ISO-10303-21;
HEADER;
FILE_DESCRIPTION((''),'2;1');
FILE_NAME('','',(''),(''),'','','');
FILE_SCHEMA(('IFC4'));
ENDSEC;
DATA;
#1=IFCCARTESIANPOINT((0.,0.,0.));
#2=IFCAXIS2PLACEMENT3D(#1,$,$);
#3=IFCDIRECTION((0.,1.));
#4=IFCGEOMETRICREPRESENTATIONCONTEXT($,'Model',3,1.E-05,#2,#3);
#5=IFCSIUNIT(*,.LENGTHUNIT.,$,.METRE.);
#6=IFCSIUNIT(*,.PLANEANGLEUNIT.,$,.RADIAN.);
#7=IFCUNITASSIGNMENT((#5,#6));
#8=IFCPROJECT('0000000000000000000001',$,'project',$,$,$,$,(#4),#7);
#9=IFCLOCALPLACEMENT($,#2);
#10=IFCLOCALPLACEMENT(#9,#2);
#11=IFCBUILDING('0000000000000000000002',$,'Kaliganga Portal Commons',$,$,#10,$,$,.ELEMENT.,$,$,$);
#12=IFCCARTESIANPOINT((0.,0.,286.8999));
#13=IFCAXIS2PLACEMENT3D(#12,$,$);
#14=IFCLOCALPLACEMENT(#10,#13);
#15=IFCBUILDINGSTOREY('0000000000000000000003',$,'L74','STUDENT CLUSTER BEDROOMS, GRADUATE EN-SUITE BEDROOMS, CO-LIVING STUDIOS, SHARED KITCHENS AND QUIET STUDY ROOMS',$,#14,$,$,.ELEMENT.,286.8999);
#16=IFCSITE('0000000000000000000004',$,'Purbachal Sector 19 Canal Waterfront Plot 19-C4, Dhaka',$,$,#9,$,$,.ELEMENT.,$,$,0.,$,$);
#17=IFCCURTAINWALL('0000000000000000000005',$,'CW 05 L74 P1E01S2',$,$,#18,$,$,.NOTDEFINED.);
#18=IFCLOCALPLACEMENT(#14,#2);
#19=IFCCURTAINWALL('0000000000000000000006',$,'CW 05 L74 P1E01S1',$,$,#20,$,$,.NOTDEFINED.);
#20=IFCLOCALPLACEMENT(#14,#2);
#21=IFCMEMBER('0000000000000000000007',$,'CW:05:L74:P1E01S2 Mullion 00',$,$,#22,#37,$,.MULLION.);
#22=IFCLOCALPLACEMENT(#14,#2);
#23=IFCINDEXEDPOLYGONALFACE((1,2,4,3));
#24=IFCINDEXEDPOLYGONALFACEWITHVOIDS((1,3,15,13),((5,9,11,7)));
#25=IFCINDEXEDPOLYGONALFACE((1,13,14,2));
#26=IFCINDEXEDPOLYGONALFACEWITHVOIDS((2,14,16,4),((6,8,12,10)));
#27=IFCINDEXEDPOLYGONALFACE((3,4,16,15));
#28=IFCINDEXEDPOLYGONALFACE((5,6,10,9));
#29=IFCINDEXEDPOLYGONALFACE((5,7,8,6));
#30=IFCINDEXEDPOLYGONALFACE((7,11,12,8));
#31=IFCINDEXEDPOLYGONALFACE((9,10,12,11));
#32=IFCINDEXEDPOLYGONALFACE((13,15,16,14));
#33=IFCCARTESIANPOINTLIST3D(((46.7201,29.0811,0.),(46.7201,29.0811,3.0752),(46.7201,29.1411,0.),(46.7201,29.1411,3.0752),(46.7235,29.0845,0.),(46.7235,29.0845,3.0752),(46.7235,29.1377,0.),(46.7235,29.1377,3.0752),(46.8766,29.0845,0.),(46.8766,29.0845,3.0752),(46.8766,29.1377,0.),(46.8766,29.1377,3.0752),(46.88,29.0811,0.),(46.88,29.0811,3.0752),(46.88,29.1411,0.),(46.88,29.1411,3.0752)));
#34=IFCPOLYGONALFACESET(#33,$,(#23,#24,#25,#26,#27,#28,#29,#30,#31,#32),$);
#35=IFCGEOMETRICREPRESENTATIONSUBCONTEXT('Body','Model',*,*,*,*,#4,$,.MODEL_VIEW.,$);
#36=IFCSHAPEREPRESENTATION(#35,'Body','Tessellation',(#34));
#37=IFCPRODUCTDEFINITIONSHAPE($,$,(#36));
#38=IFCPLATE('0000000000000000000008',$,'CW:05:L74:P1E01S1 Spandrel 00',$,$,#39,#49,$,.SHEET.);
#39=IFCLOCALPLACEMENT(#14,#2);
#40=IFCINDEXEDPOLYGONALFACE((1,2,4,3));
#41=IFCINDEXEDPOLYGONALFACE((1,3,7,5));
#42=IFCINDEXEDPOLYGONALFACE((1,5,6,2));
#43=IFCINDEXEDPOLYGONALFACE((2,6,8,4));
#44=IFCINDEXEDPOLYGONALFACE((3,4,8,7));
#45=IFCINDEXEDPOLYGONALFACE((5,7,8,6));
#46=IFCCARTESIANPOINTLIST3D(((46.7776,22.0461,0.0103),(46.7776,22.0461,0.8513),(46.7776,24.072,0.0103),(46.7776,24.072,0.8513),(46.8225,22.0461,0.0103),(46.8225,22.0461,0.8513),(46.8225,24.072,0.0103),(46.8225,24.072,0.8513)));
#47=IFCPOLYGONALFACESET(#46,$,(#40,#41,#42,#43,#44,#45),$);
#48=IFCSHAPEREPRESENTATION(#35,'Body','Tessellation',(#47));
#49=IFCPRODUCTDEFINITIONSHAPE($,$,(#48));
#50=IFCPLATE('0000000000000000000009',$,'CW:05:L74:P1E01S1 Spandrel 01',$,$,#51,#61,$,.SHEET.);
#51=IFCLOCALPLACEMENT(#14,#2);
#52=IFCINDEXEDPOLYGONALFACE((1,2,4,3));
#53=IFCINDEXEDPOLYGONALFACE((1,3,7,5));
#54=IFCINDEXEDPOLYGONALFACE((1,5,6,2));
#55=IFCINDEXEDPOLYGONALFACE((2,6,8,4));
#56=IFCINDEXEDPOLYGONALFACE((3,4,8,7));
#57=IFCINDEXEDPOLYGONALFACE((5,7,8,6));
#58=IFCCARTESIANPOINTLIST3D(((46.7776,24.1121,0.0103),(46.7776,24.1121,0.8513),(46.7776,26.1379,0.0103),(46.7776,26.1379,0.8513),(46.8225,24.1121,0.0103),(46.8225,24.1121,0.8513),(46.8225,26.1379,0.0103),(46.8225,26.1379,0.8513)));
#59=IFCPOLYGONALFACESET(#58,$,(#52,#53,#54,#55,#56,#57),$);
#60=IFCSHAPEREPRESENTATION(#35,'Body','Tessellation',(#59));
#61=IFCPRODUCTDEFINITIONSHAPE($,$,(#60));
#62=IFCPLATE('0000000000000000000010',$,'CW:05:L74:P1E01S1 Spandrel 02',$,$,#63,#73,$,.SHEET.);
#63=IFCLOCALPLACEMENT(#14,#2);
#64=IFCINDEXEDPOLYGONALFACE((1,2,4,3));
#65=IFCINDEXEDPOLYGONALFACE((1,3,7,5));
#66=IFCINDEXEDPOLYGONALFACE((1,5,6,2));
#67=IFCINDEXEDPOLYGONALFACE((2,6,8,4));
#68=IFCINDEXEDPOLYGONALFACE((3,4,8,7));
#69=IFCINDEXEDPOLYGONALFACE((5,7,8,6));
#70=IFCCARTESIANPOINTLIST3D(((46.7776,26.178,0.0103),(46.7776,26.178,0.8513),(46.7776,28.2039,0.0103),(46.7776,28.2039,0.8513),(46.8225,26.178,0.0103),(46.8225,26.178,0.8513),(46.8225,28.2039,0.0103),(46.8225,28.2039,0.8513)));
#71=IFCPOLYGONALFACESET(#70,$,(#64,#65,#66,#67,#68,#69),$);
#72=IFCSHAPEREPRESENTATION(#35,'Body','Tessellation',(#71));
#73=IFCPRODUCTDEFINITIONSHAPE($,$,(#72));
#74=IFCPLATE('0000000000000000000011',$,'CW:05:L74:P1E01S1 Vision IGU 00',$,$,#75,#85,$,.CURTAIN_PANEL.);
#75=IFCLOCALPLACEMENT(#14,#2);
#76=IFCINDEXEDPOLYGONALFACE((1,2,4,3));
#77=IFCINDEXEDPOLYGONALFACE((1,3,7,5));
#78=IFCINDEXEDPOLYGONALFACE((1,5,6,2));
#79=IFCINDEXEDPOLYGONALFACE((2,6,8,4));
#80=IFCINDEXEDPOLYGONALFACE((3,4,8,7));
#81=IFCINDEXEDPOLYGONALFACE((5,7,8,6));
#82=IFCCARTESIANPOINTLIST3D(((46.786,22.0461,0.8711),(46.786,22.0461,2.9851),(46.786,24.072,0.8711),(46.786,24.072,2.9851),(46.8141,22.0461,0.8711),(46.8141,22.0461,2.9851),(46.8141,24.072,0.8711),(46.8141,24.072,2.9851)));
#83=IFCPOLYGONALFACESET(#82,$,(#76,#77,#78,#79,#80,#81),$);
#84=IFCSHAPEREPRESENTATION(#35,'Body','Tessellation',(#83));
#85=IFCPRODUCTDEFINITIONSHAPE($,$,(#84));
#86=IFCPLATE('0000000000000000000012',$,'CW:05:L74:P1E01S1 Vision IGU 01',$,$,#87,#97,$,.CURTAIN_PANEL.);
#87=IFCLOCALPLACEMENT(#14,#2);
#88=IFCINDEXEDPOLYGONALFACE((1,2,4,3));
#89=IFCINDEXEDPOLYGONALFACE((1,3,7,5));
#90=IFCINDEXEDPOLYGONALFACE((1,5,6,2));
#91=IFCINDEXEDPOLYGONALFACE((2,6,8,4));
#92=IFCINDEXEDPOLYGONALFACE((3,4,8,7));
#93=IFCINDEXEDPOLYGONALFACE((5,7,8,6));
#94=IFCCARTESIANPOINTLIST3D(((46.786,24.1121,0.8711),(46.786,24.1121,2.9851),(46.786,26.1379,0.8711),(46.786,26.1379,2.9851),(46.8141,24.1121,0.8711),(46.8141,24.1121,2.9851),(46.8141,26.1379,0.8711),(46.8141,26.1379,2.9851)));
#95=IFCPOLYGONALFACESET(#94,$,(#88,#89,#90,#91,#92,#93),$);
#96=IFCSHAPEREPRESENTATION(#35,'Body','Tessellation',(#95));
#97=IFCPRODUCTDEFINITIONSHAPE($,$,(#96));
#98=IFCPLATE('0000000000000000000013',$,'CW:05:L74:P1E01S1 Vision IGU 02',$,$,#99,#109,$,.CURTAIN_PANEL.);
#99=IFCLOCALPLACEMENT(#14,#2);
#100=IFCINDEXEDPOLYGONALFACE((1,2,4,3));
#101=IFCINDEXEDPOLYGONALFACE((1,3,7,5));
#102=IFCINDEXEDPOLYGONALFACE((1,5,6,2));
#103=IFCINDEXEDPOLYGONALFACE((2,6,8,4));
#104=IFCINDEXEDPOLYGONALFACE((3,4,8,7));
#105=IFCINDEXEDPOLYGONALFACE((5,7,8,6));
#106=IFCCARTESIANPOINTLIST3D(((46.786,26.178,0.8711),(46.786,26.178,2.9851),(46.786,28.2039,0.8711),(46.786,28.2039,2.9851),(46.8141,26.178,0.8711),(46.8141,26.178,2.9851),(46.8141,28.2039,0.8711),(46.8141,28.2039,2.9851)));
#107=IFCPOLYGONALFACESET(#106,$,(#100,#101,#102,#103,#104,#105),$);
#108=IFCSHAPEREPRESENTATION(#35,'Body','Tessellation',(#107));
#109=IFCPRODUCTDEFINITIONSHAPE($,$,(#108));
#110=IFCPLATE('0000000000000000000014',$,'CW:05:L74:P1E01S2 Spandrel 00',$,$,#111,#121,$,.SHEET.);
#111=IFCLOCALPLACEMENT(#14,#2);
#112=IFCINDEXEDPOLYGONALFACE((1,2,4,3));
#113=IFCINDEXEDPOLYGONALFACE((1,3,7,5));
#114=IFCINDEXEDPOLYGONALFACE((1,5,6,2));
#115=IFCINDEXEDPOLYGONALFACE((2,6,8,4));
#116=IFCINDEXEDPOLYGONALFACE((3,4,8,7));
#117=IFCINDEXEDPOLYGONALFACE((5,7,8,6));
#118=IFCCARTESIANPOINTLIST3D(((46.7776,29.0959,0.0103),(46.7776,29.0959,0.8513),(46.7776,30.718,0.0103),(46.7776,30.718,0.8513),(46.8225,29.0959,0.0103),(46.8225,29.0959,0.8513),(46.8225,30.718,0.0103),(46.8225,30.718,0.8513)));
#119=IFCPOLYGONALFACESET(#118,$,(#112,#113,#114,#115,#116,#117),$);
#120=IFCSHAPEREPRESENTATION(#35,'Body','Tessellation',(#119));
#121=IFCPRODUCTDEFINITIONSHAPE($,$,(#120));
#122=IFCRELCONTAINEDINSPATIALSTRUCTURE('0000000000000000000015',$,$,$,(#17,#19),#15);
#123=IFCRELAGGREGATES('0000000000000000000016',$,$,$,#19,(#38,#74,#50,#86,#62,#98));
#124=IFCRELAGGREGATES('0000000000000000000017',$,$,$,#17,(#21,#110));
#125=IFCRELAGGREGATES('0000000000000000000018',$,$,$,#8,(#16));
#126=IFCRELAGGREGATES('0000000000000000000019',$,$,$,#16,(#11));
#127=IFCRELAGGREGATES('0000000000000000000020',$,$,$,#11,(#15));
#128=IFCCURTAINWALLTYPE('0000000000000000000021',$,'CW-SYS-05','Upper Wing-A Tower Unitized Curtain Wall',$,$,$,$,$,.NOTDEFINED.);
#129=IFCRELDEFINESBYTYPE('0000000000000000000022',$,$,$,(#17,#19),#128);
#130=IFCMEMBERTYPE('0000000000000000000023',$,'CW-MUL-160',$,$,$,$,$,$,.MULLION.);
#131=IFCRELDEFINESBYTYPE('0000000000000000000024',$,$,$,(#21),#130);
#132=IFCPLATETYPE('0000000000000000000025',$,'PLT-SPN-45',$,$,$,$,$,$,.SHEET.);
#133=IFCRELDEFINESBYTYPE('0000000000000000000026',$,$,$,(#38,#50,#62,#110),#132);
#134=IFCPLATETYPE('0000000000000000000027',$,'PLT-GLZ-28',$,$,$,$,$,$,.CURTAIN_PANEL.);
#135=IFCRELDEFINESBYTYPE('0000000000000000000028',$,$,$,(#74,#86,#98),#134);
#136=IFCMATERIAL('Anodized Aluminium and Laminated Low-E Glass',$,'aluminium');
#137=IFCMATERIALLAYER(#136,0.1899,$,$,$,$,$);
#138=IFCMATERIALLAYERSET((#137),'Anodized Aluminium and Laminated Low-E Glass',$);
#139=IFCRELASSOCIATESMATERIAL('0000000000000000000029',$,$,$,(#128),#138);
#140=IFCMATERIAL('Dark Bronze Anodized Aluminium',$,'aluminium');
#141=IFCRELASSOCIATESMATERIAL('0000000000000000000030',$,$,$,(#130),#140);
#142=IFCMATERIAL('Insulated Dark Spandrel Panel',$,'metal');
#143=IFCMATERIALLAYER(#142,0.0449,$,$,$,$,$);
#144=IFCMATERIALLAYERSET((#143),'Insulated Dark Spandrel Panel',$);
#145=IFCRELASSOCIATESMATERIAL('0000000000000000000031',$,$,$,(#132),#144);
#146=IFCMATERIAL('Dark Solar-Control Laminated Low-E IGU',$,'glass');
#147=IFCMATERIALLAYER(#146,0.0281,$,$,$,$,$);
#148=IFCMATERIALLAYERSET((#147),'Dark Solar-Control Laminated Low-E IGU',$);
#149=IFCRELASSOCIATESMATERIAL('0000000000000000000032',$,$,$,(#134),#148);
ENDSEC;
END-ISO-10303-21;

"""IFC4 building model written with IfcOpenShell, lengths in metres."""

from ifc_helpers import new_model, si_unit, direction, frame, origin, origin_2d, place, context, subcontext, project, spatial, rectangle, hollow_rectangle, extrude, source, transform, mapped, material, layer, layer_set, material_profile, profile_set, type_object, element, aggregate, save


model = new_model("IFC4")

# Units and contexts
model_context = context("Model", 3, precision=1e-05, world=origin(), true_north=direction((0.0, 1.0)))
body_context = subcontext(model_context, "Body", "Model", "MODEL_VIEW")
ifc_project = project(units=[si_unit("LENGTHUNIT", "METRE"), si_unit("PLANEANGLEUNIT", "RADIAN")], contexts=[model_context])

# Site, building, storey
site_placement = place(None, origin())
site = spatial("IfcSite", under=ifc_project, at=site_placement, Name="Purbachal Sector 19 Canal Waterfront Plot 19-C4, Dhaka", CompositionType="ELEMENT", RefElevation=0.0)
building_placement = place(site_placement, origin())
building = spatial("IfcBuilding", under=site, at=building_placement, Name="Kaliganga Portal Commons", CompositionType="ELEMENT")
storey_placement = place(building_placement, frame((0.0, 0.0, 286.8999)))
storey = spatial("IfcBuildingStorey", under=building, at=storey_placement, Name="L74", Description="STUDENT CLUSTER BEDROOMS, GRADUATE EN-SUITE BEDROOMS, CO-LIVING STUDIOS, SHARED KITCHENS AND QUIET STUDY ROOMS", CompositionType="ELEMENT", Elevation=286.8999)

# Curtain walls
ifc_material_1 = material(Name="Anodized Aluminium and Laminated Low-E Glass", Category="aluminium")
ifc_layer_1 = layer(ifc_material_1, 0.1899)
ifc_layer_set_1 = layer_set([ifc_layer_1], Name="Anodized Aluminium and Laminated Low-E Glass")
curtain_wall_type = type_object("IfcCurtainWallType", Name="CW-SYS-05", Description="Upper Wing-A Tower Unitized Curtain Wall", PredefinedType="NOTDEFINED", material=ifc_layer_set_1)
curtain_wall_1_placement = place(storey_placement, origin())
curtain_wall_1 = element("IfcCurtainWall", 1, at=curtain_wall_1_placement, inside=storey, type_object=curtain_wall_type, Name="CW 05 L74 P1E01S2", PredefinedType="NOTDEFINED")
ifc_material_2 = material(Name="Dark Bronze Anodized Aluminium", Category="aluminium")
curtain_wall_2_placement = place(storey_placement, origin())
curtain_wall_2 = element("IfcCurtainWall", 2, at=curtain_wall_2_placement, inside=storey, type_object=curtain_wall_type, Name="CW 05 L74 P1E01S1", PredefinedType="NOTDEFINED")
ifc_material_profile_1 = material_profile(ifc_material_2, hollow_rectangle(XDim=0.0601, YDim=0.1599, WallThickness=0.0034, at=origin_2d()), Name="ALU MULL 60x160x3.5")
ifc_profile_set_1 = profile_set([ifc_material_profile_1], Name="Dark Bronze Anodized Aluminium")
member_type_1 = type_object("IfcMemberType", Name="CW-MUL-160", PredefinedType="MULLION", material=ifc_profile_set_1)
shared_shape_1 = source(origin(), body_context, "Body", "SweptSolid", [
    extrude(hollow_rectangle(XDim=0.0601, YDim=0.1599, WallThickness=0.0034, at=origin_2d()), origin(), (0.0, 0.0, 1.0), 3.0752),
])

# Member
member_1_placement = place(storey_placement, frame((46.8, 29.1111, 0.0), z_axis=(0.0, 0.0, 1.0), x_axis=(0.0, 1.0, 0.0)))
member_1 = element("IfcMember", 3, at=member_1_placement, type_object=member_type_1, Name="CW:05:L74:P1E01S2 Mullion 00", PredefinedType="MULLION", context=body_context, shape_type="MappedRepresentation", body=[
    mapped(shared_shape_1, transform((0.0, 0.0, 0.0), x_axis=(1.0, 0.0, 0.0), y_axis=(0.0, 1.0, 0.0), z_axis=(0.0, 0.0, 1.0), scale=1.0)),
])

# Plates
ifc_material_3 = material(Name="Insulated Dark Spandrel Panel", Category="metal")
ifc_layer_2 = layer(ifc_material_3, 0.0449)
ifc_layer_set_2 = layer_set([ifc_layer_2], Name="Insulated Dark Spandrel Panel")
plate_type_1 = type_object("IfcPlateType", Name="PLT-SPN-45", PredefinedType="SHEET", material=ifc_layer_set_2)
shared_shape_2 = source(origin(), body_context, "Body", "SweptSolid", [
    extrude(rectangle(XDim=2.0259, YDim=0.0449, at=origin_2d()), origin(), (0.0, 0.0, 1.0), 0.8411),
])
plate_1_placement = place(storey_placement, frame((46.8, 23.0591, 0.0103), z_axis=(0.0, 0.0, 1.0), x_axis=(0.0, 1.0, 0.0)))
plate_1 = element("IfcPlate", 4, at=plate_1_placement, type_object=plate_type_1, Name="CW:05:L74:P1E01S1 Spandrel 00", PredefinedType="SHEET", context=body_context, shape_type="MappedRepresentation", body=[
    mapped(shared_shape_2, transform((0.0, 0.0, 0.0), x_axis=(1.0, 0.0, 0.0), y_axis=(0.0, 1.0, 0.0), z_axis=(0.0, 0.0, 1.0), scale=1.0)),
])
plate_2_placement = place(storey_placement, frame((46.8, 25.125, 0.0103), z_axis=(0.0, 0.0, 1.0), x_axis=(0.0, 1.0, 0.0)))
plate_2 = element("IfcPlate", 5, at=plate_2_placement, type_object=plate_type_1, Name="CW:05:L74:P1E01S1 Spandrel 01", PredefinedType="SHEET", context=body_context, shape_type="MappedRepresentation", body=[
    mapped(shared_shape_2, transform((0.0, 0.0, 0.0), x_axis=(1.0, 0.0, 0.0), y_axis=(0.0, 1.0, 0.0), z_axis=(0.0, 0.0, 1.0), scale=1.0)),
])
plate_3_placement = place(storey_placement, frame((46.8, 27.1909, 0.0103), z_axis=(0.0, 0.0, 1.0), x_axis=(0.0, 1.0, 0.0)))
plate_3 = element("IfcPlate", 6, at=plate_3_placement, type_object=plate_type_1, Name="CW:05:L74:P1E01S1 Spandrel 02", PredefinedType="SHEET", context=body_context, shape_type="MappedRepresentation", body=[
    mapped(shared_shape_2, transform((0.0, 0.0, 0.0), x_axis=(1.0, 0.0, 0.0), y_axis=(0.0, 1.0, 0.0), z_axis=(0.0, 0.0, 1.0), scale=1.0)),
])
ifc_material_4 = material(Name="Dark Solar-Control Laminated Low-E IGU", Category="glass")
ifc_layer_3 = layer(ifc_material_4, 0.0281)
ifc_layer_set_3 = layer_set([ifc_layer_3], Name="Dark Solar-Control Laminated Low-E IGU")
plate_type_2 = type_object("IfcPlateType", Name="PLT-GLZ-28", PredefinedType="CURTAIN_PANEL", material=ifc_layer_set_3)
shared_shape_3 = source(origin(), body_context, "Body", "SweptSolid", [
    extrude(rectangle(XDim=2.0259, YDim=0.0281, at=origin_2d()), origin(), (0.0, 0.0, 1.0), 2.114),
])
plate_4_placement = place(storey_placement, frame((46.8, 23.0591, 0.8711), z_axis=(0.0, 0.0, 1.0), x_axis=(0.0, 1.0, 0.0)))
plate_4 = element("IfcPlate", 7, at=plate_4_placement, type_object=plate_type_2, Name="CW:05:L74:P1E01S1 Vision IGU 00", PredefinedType="CURTAIN_PANEL", context=body_context, shape_type="MappedRepresentation", body=[
    mapped(shared_shape_3, transform((0.0, 0.0, 0.0), x_axis=(1.0, 0.0, 0.0), y_axis=(0.0, 1.0, 0.0), z_axis=(0.0, 0.0, 1.0), scale=1.0)),
])
plate_5_placement = place(storey_placement, frame((46.8, 25.125, 0.8711), z_axis=(0.0, 0.0, 1.0), x_axis=(0.0, 1.0, 0.0)))
plate_5 = element("IfcPlate", 8, at=plate_5_placement, type_object=plate_type_2, Name="CW:05:L74:P1E01S1 Vision IGU 01", PredefinedType="CURTAIN_PANEL", context=body_context, shape_type="MappedRepresentation", body=[
    mapped(shared_shape_3, transform((0.0, 0.0, 0.0), x_axis=(1.0, 0.0, 0.0), y_axis=(0.0, 1.0, 0.0), z_axis=(0.0, 0.0, 1.0), scale=1.0)),
])
plate_6_placement = place(storey_placement, frame((46.8, 27.1909, 0.8711), z_axis=(0.0, 0.0, 1.0), x_axis=(0.0, 1.0, 0.0)))
plate_6 = element("IfcPlate", 9, at=plate_6_placement, type_object=plate_type_2, Name="CW:05:L74:P1E01S1 Vision IGU 02", PredefinedType="CURTAIN_PANEL", context=body_context, shape_type="MappedRepresentation", body=[
    mapped(shared_shape_3, transform((0.0, 0.0, 0.0), x_axis=(1.0, 0.0, 0.0), y_axis=(0.0, 1.0, 0.0), z_axis=(0.0, 0.0, 1.0), scale=1.0)),
])
aggregate(curtain_wall_2, [plate_1, plate_4, plate_2, plate_5, plate_3, plate_6])
shared_shape_4 = source(origin(), body_context, "Body", "SweptSolid", [
    extrude(rectangle(XDim=1.6221, YDim=0.0449, at=origin_2d()), origin(), (0.0, 0.0, 1.0), 0.8411),
])
plate_7_placement = place(storey_placement, frame((46.8, 29.907, 0.0103), z_axis=(0.0, 0.0, 1.0), x_axis=(0.0, 1.0, 0.0)))
plate_7 = element("IfcPlate", 10, at=plate_7_placement, type_object=plate_type_1, Name="CW:05:L74:P1E01S2 Spandrel 00", PredefinedType="SHEET", context=body_context, shape_type="MappedRepresentation", body=[
    mapped(shared_shape_4, transform((0.0, 0.0, 0.0), x_axis=(1.0, 0.0, 0.0), y_axis=(0.0, 1.0, 0.0), z_axis=(0.0, 0.0, 1.0), scale=1.0)),
])
aggregate(curtain_wall_1, [member_1, plate_7])

save(model, "model.ifc")
